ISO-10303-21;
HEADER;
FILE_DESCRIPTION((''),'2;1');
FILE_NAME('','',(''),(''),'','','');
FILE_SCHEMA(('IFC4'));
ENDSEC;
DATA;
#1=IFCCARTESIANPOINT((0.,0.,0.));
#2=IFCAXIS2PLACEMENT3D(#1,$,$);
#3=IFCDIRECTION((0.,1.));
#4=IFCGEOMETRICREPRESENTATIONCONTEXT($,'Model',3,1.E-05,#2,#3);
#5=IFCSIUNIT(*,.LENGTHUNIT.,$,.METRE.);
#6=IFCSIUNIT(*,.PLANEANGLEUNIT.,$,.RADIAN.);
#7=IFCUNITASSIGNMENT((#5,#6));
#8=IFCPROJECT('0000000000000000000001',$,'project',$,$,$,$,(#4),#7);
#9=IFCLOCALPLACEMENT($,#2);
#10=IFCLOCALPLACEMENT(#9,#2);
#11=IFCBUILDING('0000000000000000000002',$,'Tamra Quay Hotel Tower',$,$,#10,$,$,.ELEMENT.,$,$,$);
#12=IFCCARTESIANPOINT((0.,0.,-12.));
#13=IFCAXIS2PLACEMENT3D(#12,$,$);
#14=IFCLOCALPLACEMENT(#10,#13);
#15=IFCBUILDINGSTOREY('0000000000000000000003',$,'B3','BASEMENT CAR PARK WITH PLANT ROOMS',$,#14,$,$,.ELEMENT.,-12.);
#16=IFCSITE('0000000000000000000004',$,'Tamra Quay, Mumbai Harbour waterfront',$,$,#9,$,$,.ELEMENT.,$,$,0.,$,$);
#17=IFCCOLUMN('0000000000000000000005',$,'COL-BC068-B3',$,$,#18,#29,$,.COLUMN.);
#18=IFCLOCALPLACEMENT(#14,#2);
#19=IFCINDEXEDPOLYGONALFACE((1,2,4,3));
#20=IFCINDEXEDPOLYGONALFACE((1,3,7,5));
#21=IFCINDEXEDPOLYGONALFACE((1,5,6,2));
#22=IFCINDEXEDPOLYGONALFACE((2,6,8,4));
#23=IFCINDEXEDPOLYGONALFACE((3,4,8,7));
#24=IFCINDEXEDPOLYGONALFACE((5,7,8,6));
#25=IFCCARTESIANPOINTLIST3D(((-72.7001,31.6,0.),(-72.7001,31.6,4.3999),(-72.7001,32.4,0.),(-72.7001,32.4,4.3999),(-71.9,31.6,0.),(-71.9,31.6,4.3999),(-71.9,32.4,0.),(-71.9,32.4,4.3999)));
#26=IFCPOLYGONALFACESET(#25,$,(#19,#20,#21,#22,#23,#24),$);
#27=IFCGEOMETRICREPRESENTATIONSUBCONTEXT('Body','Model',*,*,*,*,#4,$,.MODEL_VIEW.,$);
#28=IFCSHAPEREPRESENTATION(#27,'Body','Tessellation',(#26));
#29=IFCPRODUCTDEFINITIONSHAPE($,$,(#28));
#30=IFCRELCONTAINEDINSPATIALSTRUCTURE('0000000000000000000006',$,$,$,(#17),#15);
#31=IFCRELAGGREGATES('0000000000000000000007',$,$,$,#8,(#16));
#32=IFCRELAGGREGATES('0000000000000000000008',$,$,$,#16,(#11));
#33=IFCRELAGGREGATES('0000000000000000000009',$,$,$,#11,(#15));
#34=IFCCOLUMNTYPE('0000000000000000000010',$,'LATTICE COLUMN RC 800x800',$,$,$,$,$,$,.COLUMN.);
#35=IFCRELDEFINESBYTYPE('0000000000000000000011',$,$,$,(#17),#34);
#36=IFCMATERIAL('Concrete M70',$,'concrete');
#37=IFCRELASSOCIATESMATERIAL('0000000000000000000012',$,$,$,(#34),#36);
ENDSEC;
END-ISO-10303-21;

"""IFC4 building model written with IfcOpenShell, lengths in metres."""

from ifc_helpers import new_model, si_unit, direction, frame, origin, origin_2d, place, context, subcontext, project, spatial, rectangle, extrude, material, material_profile, profile_set, type_object, element, save


model = new_model("IFC4")

# Units and contexts
model_context = context("Model", 3, precision=1e-05, world=origin(), true_north=direction((0.0, 1.0)))
body_context = subcontext(model_context, "Body", "Model", "MODEL_VIEW")
ifc_project = project(units=[si_unit("LENGTHUNIT", "METRE"), si_unit("PLANEANGLEUNIT", "RADIAN")], contexts=[model_context])

# Site, building, storey
site_placement = place(None, origin())
site = spatial("IfcSite", under=ifc_project, at=site_placement, Name="Tamra Quay, Mumbai Harbour waterfront", CompositionType="ELEMENT", RefElevation=0.0)
building_placement = place(site_placement, origin())
building = spatial("IfcBuilding", under=site, at=building_placement, Name="Tamra Quay Hotel Tower", CompositionType="ELEMENT")
storey_placement = place(building_placement, frame((0.0, 0.0, -12.0)))
storey = spatial("IfcBuildingStorey", under=building, at=storey_placement, Name="B3", Description="BASEMENT CAR PARK WITH PLANT ROOMS", CompositionType="ELEMENT", Elevation=-12.0)

# Column
ifc_material_1 = material(Name="Concrete M70", Category="concrete")
ifc_material_profile_1 = material_profile(ifc_material_1, rectangle(XDim=0.8, YDim=0.8, at=origin_2d()), Name="LATTICE COLUMN RC 800x800")
ifc_profile_set_1 = profile_set([ifc_material_profile_1], Name="Concrete M70")
column_type_1 = type_object("IfcColumnType", Name="LATTICE COLUMN RC 800x800", PredefinedType="COLUMN", material=ifc_profile_set_1)
for number, where, z_axis, x_axis, name in (
    (1, (-72.3, 32.0, 0.0), (0.0, 0.0, 1.0), (1.0, 0.0, 0.0), "COL-BC068-B3"),
):
    element("IfcColumn", number, at=place(storey_placement, frame(where, z_axis=z_axis, x_axis=x_axis)), inside=storey, type_object=column_type_1, Name=name, PredefinedType="COLUMN", context=body_context, shape_type="SweptSolid", body=[
        extrude(rectangle(XDim=0.8, YDim=0.8, at=origin_2d()), origin(), (0.0, 0.0, 1.0), 4.3999),
    ])

save(model, "model.ifc")
